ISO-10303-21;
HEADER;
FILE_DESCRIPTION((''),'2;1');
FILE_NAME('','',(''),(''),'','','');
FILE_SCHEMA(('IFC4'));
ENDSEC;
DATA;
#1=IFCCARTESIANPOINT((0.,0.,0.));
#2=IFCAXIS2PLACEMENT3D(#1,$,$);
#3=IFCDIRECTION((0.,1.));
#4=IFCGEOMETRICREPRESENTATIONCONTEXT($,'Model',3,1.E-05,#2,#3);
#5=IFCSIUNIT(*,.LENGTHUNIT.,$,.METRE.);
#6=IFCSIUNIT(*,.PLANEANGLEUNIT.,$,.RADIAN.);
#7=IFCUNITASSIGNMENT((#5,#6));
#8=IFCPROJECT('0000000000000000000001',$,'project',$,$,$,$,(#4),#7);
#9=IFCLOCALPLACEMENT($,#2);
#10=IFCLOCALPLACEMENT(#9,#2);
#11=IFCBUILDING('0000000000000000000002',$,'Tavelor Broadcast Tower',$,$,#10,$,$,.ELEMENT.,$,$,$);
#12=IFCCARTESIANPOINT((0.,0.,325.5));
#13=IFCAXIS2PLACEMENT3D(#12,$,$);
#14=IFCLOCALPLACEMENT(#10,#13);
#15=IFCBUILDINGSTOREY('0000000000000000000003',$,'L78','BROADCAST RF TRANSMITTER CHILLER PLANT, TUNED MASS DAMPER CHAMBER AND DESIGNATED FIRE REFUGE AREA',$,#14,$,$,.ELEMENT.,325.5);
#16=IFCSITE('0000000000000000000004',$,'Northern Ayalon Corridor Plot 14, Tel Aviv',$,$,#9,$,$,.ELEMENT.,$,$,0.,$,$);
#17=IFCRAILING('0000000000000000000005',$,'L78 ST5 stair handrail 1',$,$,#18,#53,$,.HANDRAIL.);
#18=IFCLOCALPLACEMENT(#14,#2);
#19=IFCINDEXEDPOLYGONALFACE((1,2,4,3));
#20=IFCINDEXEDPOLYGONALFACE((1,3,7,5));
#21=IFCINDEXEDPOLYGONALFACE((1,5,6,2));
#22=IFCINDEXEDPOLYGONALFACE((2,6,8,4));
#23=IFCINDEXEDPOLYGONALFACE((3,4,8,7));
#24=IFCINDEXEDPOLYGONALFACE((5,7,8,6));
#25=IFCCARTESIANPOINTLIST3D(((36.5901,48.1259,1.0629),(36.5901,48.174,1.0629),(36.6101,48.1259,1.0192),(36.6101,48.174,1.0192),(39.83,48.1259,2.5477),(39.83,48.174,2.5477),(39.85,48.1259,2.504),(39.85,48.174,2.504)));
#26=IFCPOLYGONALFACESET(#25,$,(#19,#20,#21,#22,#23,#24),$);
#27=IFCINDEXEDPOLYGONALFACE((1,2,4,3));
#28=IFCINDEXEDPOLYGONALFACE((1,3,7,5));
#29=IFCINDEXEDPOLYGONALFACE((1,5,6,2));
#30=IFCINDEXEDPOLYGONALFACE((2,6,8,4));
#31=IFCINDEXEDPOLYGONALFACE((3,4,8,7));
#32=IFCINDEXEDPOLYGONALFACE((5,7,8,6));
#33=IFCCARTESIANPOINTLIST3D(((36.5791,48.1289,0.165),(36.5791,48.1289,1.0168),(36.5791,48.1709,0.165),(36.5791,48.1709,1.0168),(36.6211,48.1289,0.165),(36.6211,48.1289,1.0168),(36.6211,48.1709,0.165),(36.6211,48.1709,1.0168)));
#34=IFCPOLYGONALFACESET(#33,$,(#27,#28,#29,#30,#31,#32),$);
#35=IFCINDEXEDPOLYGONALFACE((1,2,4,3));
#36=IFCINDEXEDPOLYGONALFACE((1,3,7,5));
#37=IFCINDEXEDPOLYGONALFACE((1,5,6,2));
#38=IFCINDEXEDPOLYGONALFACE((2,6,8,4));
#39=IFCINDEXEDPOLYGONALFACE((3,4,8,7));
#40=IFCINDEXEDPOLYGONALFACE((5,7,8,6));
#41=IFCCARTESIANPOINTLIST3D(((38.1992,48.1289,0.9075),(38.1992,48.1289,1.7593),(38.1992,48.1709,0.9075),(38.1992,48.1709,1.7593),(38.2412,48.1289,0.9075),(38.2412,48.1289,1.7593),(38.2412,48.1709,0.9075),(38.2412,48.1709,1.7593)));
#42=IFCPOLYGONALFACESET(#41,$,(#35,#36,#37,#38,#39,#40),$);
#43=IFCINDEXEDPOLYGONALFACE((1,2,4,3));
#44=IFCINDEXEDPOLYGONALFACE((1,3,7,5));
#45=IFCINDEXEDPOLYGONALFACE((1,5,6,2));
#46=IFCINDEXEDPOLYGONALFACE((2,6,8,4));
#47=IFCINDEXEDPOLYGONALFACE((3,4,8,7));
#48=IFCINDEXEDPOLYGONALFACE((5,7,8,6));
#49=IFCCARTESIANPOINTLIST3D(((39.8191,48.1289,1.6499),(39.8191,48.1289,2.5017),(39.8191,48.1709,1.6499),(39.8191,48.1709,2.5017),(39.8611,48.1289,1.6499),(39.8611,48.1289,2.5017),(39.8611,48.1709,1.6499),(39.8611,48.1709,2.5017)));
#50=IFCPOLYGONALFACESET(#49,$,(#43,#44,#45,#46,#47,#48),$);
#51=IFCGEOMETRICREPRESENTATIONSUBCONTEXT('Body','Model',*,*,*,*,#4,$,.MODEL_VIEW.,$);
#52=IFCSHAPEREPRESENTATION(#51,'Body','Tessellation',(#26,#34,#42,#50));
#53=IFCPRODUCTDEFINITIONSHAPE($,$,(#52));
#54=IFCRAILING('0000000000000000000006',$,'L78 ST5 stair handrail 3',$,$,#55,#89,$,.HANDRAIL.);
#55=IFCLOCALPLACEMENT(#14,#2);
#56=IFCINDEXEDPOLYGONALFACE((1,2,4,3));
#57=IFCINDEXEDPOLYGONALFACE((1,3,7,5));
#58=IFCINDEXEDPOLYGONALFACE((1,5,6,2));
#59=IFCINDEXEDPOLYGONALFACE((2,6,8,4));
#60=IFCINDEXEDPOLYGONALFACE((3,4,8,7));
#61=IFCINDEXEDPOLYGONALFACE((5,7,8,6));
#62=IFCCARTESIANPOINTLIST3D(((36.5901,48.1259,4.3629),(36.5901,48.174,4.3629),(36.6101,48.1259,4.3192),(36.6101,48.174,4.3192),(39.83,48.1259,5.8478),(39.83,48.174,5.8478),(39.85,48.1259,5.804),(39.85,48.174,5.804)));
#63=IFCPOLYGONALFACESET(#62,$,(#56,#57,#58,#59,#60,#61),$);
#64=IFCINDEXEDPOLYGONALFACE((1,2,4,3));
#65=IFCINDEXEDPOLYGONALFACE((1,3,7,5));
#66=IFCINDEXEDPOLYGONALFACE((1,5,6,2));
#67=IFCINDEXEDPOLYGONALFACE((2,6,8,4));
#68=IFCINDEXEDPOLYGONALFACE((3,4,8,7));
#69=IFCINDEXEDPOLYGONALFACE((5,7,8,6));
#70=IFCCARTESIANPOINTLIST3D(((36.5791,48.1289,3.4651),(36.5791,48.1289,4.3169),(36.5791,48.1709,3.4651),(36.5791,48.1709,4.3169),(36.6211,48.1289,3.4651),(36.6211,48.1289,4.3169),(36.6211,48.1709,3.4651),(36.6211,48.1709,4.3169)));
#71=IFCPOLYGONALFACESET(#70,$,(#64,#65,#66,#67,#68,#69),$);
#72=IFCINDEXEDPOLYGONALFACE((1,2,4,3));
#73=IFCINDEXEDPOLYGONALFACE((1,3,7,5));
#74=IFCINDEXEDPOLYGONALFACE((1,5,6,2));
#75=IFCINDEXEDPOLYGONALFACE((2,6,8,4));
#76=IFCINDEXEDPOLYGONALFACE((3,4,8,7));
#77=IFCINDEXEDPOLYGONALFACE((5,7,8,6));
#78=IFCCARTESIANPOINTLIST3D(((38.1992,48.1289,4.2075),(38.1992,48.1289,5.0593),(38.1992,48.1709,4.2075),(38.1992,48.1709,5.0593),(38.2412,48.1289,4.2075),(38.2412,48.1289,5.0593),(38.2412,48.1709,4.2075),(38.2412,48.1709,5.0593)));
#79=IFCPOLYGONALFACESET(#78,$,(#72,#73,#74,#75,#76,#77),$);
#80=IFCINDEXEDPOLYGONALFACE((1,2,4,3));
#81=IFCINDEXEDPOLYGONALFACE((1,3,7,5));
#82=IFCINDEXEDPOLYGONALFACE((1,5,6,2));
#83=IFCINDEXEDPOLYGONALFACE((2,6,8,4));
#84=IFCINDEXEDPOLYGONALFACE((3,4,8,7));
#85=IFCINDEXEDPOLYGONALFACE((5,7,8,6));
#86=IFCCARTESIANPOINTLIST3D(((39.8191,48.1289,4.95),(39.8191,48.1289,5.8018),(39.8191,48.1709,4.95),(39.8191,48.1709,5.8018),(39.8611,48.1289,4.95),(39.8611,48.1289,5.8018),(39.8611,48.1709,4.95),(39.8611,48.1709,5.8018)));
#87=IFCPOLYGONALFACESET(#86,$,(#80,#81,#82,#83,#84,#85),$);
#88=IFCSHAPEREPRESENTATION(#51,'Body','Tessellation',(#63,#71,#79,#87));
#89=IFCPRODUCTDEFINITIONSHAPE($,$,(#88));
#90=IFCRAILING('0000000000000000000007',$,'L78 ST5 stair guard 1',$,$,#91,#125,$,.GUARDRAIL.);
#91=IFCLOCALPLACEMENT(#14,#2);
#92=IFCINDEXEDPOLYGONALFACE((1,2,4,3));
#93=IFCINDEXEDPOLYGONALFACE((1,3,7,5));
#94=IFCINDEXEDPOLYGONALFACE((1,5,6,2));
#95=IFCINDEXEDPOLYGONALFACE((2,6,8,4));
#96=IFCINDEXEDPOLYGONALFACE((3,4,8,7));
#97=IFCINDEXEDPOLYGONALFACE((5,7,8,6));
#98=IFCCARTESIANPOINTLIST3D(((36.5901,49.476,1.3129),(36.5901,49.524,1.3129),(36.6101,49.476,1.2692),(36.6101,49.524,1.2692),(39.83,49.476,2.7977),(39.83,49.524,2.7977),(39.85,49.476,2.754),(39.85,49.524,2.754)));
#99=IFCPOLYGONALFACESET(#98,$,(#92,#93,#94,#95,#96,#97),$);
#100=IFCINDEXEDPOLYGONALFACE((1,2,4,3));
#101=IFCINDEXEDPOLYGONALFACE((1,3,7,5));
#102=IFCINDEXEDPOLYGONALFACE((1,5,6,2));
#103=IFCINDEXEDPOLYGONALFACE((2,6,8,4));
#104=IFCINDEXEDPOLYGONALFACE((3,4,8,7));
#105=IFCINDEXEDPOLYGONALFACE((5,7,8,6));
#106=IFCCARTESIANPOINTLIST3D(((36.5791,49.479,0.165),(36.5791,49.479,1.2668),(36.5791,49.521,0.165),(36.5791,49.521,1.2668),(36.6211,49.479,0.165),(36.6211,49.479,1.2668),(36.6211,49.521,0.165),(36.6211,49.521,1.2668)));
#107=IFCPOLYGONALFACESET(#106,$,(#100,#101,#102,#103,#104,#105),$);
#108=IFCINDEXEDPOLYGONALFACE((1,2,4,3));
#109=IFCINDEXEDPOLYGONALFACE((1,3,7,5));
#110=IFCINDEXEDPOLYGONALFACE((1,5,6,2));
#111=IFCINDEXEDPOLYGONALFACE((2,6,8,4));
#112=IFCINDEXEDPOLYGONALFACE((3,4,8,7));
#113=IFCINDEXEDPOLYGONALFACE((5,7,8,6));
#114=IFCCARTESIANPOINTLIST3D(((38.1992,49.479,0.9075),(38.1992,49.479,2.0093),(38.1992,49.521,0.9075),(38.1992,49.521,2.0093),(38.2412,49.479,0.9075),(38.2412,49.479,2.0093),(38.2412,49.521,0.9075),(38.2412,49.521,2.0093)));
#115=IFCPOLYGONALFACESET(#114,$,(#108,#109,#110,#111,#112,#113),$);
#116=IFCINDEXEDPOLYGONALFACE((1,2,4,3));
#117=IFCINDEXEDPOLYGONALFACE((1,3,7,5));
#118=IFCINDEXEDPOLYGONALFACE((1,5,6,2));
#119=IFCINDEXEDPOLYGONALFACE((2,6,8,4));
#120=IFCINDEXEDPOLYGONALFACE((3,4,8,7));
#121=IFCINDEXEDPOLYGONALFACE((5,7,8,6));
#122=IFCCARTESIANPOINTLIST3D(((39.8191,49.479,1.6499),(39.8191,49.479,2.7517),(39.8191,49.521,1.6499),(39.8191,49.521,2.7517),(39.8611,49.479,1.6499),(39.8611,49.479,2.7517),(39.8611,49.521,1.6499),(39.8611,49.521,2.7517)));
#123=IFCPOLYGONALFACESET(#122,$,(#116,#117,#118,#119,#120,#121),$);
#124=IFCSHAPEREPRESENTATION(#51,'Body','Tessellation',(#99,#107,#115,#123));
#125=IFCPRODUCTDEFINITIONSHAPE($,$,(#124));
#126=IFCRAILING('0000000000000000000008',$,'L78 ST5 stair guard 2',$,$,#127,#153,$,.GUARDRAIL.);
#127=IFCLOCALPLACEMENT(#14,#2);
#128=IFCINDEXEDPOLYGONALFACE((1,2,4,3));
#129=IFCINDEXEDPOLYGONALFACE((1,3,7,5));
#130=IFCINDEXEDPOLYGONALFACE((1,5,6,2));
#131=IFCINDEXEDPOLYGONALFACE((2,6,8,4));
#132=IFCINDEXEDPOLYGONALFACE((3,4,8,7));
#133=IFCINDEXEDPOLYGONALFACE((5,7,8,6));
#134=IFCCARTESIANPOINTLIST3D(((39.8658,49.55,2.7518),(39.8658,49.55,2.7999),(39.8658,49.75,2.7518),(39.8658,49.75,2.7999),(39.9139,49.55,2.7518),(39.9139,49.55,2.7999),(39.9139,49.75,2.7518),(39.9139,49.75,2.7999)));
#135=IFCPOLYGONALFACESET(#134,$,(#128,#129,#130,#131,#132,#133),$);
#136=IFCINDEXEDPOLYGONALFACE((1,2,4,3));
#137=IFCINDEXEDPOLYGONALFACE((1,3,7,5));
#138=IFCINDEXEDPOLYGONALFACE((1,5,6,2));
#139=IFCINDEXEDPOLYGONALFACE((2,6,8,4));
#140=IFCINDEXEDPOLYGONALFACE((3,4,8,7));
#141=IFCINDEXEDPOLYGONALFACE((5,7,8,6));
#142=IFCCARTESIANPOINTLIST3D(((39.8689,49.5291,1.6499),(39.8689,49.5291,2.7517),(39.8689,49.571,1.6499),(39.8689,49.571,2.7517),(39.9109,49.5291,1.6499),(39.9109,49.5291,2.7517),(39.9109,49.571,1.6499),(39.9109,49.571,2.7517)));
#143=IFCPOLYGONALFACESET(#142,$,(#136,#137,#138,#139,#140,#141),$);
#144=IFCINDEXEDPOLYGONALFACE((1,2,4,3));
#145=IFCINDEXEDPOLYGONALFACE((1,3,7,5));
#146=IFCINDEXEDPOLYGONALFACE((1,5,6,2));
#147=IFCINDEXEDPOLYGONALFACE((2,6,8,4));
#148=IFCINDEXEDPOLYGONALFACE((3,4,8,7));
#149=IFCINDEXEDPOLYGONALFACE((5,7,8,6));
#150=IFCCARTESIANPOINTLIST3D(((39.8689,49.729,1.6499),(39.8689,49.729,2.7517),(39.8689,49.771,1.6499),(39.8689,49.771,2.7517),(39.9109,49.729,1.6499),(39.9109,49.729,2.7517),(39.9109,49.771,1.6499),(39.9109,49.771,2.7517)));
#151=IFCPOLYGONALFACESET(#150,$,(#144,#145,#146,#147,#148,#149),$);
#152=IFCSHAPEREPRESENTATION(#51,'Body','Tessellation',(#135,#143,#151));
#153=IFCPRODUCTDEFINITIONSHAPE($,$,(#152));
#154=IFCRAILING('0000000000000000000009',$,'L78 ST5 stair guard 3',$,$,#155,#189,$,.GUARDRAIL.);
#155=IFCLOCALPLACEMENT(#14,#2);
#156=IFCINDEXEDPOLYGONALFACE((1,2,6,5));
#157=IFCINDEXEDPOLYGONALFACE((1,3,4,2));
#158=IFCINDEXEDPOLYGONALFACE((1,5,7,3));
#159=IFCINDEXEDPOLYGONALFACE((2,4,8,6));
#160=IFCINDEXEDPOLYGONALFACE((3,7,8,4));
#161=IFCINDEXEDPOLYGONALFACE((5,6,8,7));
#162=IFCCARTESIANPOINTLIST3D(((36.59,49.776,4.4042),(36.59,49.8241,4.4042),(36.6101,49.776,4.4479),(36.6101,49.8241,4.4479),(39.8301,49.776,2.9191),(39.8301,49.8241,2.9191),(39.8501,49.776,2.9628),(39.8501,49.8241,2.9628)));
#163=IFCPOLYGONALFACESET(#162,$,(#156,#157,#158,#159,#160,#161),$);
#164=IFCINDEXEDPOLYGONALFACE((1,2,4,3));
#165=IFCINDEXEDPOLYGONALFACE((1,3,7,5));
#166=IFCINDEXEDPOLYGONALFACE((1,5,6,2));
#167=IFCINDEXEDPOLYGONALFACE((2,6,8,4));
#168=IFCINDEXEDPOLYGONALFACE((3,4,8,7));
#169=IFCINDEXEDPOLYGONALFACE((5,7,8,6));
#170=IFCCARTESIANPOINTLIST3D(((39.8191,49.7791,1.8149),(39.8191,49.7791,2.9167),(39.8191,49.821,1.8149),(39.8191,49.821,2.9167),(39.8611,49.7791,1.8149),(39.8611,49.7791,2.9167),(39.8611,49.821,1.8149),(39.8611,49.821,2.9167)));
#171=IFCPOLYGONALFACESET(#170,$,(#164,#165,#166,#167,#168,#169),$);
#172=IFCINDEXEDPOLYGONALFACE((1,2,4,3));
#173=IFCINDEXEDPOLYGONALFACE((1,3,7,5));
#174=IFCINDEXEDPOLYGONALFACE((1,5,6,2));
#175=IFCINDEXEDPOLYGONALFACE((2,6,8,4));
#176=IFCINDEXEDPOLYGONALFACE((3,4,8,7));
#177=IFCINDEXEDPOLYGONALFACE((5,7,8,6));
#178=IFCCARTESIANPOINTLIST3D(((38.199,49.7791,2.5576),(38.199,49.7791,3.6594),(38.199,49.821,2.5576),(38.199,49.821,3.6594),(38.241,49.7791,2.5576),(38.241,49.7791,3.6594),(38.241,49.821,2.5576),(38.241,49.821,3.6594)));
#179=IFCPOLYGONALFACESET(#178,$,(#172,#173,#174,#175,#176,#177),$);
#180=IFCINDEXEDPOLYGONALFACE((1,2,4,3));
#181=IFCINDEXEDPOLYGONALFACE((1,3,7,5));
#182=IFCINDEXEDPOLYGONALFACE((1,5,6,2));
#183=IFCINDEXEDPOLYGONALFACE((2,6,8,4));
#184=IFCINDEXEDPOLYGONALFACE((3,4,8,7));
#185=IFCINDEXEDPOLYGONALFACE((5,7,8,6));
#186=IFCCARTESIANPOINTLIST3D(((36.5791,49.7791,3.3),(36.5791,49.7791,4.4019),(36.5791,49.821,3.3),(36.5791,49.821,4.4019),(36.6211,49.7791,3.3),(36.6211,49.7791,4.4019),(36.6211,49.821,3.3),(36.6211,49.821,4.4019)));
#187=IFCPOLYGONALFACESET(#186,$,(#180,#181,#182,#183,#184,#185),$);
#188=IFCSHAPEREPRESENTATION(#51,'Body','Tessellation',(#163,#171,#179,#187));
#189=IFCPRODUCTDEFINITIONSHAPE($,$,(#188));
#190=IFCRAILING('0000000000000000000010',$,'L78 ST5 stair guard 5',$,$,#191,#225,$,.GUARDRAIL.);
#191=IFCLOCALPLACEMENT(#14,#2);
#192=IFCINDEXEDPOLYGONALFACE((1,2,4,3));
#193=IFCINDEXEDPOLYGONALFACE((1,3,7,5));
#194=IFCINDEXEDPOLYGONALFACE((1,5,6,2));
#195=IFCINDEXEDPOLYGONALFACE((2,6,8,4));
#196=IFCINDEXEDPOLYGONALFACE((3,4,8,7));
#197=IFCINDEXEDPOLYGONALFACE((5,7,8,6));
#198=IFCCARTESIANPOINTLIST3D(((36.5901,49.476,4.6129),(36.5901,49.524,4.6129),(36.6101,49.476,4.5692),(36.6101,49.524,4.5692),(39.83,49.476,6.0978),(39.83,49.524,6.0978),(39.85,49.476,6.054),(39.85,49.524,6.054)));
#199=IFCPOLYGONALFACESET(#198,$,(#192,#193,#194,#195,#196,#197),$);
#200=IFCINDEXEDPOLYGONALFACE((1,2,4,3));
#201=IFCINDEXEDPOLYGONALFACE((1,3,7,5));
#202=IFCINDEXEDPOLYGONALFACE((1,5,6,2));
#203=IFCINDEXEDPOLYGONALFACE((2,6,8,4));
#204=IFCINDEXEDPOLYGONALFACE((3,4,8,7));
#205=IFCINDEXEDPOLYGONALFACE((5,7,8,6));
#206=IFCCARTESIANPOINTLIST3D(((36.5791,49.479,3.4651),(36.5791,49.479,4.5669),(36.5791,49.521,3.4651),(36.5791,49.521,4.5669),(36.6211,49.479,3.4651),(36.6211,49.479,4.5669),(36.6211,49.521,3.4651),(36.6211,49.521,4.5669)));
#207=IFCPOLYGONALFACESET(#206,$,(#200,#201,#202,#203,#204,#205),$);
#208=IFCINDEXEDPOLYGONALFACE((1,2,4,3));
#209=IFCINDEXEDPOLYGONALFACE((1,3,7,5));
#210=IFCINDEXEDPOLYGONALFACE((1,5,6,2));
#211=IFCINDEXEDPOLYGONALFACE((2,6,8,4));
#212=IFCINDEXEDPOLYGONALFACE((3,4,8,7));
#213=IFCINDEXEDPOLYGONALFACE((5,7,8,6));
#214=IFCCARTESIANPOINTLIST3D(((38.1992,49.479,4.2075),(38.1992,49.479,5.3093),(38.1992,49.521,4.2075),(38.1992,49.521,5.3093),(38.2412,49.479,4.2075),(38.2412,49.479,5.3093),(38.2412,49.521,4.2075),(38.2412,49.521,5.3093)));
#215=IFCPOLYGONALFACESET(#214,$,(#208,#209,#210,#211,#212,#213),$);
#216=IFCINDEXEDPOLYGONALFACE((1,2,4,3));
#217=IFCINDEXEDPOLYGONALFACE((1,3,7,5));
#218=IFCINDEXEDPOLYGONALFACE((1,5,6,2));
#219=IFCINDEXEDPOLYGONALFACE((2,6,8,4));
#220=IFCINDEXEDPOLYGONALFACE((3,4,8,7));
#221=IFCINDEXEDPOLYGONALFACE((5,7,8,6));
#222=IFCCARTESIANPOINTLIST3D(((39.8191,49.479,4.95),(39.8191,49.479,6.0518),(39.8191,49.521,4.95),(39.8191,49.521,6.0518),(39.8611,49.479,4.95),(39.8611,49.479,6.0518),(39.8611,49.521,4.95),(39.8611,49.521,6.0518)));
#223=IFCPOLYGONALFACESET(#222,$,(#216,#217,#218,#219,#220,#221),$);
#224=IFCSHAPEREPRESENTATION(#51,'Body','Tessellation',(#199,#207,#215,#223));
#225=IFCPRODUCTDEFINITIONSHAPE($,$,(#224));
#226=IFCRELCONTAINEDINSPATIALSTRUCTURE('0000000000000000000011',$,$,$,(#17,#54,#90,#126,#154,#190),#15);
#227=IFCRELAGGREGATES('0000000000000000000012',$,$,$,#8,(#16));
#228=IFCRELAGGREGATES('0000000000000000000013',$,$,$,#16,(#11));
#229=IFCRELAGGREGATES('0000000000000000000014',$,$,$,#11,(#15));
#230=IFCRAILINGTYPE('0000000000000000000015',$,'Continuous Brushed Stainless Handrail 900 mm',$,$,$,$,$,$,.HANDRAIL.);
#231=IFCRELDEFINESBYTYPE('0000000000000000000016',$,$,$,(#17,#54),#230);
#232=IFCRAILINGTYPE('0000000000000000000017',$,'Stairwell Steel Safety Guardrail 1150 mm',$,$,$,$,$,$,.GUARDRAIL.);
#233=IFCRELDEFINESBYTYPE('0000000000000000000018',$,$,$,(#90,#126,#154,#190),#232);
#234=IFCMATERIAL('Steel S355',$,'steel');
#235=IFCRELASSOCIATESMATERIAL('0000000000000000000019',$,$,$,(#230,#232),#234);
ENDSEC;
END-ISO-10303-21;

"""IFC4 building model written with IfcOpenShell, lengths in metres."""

from ifc_helpers import new_model, si_unit, direction, frame, origin, origin_2d, place, context, subcontext, project, spatial, rectangle, extrude, material, type_object, element, save


model = new_model("IFC4")

# Units and contexts
model_context = context("Model", 3, precision=1e-05, world=origin(), true_north=direction((0.0, 1.0)))
body_context = subcontext(model_context, "Body", "Model", "MODEL_VIEW")
ifc_project = project(units=[si_unit("LENGTHUNIT", "METRE"), si_unit("PLANEANGLEUNIT", "RADIAN")], contexts=[model_context])

# Site, building, storey
site_placement = place(None, origin())
site = spatial("IfcSite", under=ifc_project, at=site_placement, Name="Northern Ayalon Corridor Plot 14, Tel Aviv", CompositionType="ELEMENT", RefElevation=0.0)
building_placement = place(site_placement, origin())
building = spatial("IfcBuilding", under=site, at=building_placement, Name="Tavelor Broadcast Tower", CompositionType="ELEMENT")
storey_placement = place(building_placement, frame((0.0, 0.0, 325.5)))
storey = spatial("IfcBuildingStorey", under=building, at=storey_placement, Name="L78", Description="BROADCAST RF TRANSMITTER CHILLER PLANT, TUNED MASS DAMPER CHAMBER AND DESIGNATED FIRE REFUGE AREA", CompositionType="ELEMENT", Elevation=325.5)

# Shared definitions
ifc_material_1 = material(Name="Steel S355", Category="steel")

# Railings
railing_type_1 = type_object("IfcRailingType", Name="Continuous Brushed Stainless Handrail 900 mm", PredefinedType="HANDRAIL", material=ifc_material_1)
for number, where, name in (
    (1, (36.6001, 48.1499, 0.165), "L78 ST5 stair handrail 1"),
    (2, (36.6001, 48.1499, 3.4651), "L78 ST5 stair handrail 3"),
):
    element("IfcRailing", number, at=place(storey_placement, frame(where)), inside=storey, type_object=railing_type_1, Name=name, PredefinedType="HANDRAIL", context=body_context, shape_type="SweptSolid", body=[
        extrude(rectangle(XDim=0.0481, YDim=0.0481, at=origin_2d()), frame((0.0, 0.0, 0.876), z_axis=(0.909079, 0.0, 0.416624), x_axis=(0.0, 1.0, 0.0)), (0.0, 0.0, 1.0), 3.564),
        extrude(rectangle(XDim=0.042, YDim=0.042, at=origin_2d()), origin(), (0.0, 0.0, 1.0), 0.8518),
        extrude(rectangle(XDim=0.042, YDim=0.042, at=origin_2d()), frame((1.6201, 0.0, 0.7424)), (0.0, 0.0, 1.0), 0.8518),
        extrude(rectangle(XDim=0.042, YDim=0.042, at=origin_2d()), frame((3.24, 0.0, 1.4849)), (0.0, 0.0, 1.0), 0.8518),
    ])
railing_type_2 = type_object("IfcRailingType", Name="Stairwell Steel Safety Guardrail 1150 mm", PredefinedType="GUARDRAIL", material=ifc_material_1)
railing_1_placement = place(storey_placement, frame((36.6001, 49.5, 0.165)))
element("IfcRailing", 3, at=railing_1_placement, inside=storey, type_object=railing_type_2, Name="L78 ST5 stair guard 1", PredefinedType="GUARDRAIL", context=body_context, shape_type="SweptSolid", body=[
    extrude(rectangle(XDim=0.0481, YDim=0.0481, at=origin_2d()), frame((0.0, 0.0, 1.126), z_axis=(0.909079, 0.0, 0.416624), x_axis=(0.0, 1.0, 0.0)), (0.0, 0.0, 1.0), 3.564),
    extrude(rectangle(XDim=0.042, YDim=0.042, at=origin_2d()), origin(), (0.0, 0.0, 1.0), 1.1018),
    extrude(rectangle(XDim=0.042, YDim=0.042, at=origin_2d()), frame((1.6201, 0.0, 0.7424)), (0.0, 0.0, 1.0), 1.1018),
    extrude(rectangle(XDim=0.042, YDim=0.042, at=origin_2d()), frame((3.24, 0.0, 1.4849)), (0.0, 0.0, 1.0), 1.1018),
])
railing_2_placement = place(storey_placement, frame((39.8899, 49.55, 1.6499)))
element("IfcRailing", 4, at=railing_2_placement, inside=storey, type_object=railing_type_2, Name="L78 ST5 stair guard 2", PredefinedType="GUARDRAIL", context=body_context, shape_type="SweptSolid", body=[
    extrude(rectangle(XDim=0.0481, YDim=0.0481, at=origin_2d()), frame((0.0, 0.0, 1.126), z_axis=(0.0, 1.0, 0.0), x_axis=(-1.0, 0.0, 0.0)), (0.0, 0.0, 1.0), 0.2),
    extrude(rectangle(XDim=0.042, YDim=0.042, at=origin_2d()), origin(), (0.0, 0.0, 1.0), 1.1018),
    extrude(rectangle(XDim=0.042, YDim=0.042, at=origin_2d()), frame((0.0, 0.2, 0.0)), (0.0, 0.0, 1.0), 1.1018),
])
railing_3_placement = place(storey_placement, frame((39.8401, 49.8, 1.8149)))
element("IfcRailing", 5, at=railing_3_placement, inside=storey, type_object=railing_type_2, Name="L78 ST5 stair guard 3", PredefinedType="GUARDRAIL", context=body_context, shape_type="SweptSolid", body=[
    extrude(rectangle(XDim=0.0481, YDim=0.0481, at=origin_2d()), frame((0.0, 0.0, 1.126), z_axis=(-0.909053, 0.0, 0.416681), x_axis=(0.0, -1.0, 0.0)), (0.0, 0.0, 1.0), 3.5642),
    extrude(rectangle(XDim=0.042, YDim=0.042, at=origin_2d()), origin(), (0.0, 0.0, 1.0), 1.1018),
    extrude(rectangle(XDim=0.042, YDim=0.042, at=origin_2d()), frame((-1.6201, 0.0, 0.7427)), (0.0, 0.0, 1.0), 1.1018),
    extrude(rectangle(XDim=0.042, YDim=0.042, at=origin_2d()), frame((-3.24, 0.0, 1.4851)), (0.0, 0.0, 1.0), 1.1018),
])
railing_4_placement = place(storey_placement, frame((36.6001, 49.5, 3.4651)))
element("IfcRailing", 6, at=railing_4_placement, inside=storey, type_object=railing_type_2, Name="L78 ST5 stair guard 5", PredefinedType="GUARDRAIL", context=body_context, shape_type="SweptSolid", body=[
    extrude(rectangle(XDim=0.0481, YDim=0.0481, at=origin_2d()), frame((0.0, 0.0, 1.126), z_axis=(0.909079, 0.0, 0.416624), x_axis=(0.0, 1.0, 0.0)), (0.0, 0.0, 1.0), 3.564),
    extrude(rectangle(XDim=0.042, YDim=0.042, at=origin_2d()), origin(), (0.0, 0.0, 1.0), 1.1018),
    extrude(rectangle(XDim=0.042, YDim=0.042, at=origin_2d()), frame((1.6201, 0.0, 0.7424)), (0.0, 0.0, 1.0), 1.1018),
    extrude(rectangle(XDim=0.042, YDim=0.042, at=origin_2d()), frame((3.24, 0.0, 1.4849)), (0.0, 0.0, 1.0), 1.1018),
])

save(model, "model.ifc")
